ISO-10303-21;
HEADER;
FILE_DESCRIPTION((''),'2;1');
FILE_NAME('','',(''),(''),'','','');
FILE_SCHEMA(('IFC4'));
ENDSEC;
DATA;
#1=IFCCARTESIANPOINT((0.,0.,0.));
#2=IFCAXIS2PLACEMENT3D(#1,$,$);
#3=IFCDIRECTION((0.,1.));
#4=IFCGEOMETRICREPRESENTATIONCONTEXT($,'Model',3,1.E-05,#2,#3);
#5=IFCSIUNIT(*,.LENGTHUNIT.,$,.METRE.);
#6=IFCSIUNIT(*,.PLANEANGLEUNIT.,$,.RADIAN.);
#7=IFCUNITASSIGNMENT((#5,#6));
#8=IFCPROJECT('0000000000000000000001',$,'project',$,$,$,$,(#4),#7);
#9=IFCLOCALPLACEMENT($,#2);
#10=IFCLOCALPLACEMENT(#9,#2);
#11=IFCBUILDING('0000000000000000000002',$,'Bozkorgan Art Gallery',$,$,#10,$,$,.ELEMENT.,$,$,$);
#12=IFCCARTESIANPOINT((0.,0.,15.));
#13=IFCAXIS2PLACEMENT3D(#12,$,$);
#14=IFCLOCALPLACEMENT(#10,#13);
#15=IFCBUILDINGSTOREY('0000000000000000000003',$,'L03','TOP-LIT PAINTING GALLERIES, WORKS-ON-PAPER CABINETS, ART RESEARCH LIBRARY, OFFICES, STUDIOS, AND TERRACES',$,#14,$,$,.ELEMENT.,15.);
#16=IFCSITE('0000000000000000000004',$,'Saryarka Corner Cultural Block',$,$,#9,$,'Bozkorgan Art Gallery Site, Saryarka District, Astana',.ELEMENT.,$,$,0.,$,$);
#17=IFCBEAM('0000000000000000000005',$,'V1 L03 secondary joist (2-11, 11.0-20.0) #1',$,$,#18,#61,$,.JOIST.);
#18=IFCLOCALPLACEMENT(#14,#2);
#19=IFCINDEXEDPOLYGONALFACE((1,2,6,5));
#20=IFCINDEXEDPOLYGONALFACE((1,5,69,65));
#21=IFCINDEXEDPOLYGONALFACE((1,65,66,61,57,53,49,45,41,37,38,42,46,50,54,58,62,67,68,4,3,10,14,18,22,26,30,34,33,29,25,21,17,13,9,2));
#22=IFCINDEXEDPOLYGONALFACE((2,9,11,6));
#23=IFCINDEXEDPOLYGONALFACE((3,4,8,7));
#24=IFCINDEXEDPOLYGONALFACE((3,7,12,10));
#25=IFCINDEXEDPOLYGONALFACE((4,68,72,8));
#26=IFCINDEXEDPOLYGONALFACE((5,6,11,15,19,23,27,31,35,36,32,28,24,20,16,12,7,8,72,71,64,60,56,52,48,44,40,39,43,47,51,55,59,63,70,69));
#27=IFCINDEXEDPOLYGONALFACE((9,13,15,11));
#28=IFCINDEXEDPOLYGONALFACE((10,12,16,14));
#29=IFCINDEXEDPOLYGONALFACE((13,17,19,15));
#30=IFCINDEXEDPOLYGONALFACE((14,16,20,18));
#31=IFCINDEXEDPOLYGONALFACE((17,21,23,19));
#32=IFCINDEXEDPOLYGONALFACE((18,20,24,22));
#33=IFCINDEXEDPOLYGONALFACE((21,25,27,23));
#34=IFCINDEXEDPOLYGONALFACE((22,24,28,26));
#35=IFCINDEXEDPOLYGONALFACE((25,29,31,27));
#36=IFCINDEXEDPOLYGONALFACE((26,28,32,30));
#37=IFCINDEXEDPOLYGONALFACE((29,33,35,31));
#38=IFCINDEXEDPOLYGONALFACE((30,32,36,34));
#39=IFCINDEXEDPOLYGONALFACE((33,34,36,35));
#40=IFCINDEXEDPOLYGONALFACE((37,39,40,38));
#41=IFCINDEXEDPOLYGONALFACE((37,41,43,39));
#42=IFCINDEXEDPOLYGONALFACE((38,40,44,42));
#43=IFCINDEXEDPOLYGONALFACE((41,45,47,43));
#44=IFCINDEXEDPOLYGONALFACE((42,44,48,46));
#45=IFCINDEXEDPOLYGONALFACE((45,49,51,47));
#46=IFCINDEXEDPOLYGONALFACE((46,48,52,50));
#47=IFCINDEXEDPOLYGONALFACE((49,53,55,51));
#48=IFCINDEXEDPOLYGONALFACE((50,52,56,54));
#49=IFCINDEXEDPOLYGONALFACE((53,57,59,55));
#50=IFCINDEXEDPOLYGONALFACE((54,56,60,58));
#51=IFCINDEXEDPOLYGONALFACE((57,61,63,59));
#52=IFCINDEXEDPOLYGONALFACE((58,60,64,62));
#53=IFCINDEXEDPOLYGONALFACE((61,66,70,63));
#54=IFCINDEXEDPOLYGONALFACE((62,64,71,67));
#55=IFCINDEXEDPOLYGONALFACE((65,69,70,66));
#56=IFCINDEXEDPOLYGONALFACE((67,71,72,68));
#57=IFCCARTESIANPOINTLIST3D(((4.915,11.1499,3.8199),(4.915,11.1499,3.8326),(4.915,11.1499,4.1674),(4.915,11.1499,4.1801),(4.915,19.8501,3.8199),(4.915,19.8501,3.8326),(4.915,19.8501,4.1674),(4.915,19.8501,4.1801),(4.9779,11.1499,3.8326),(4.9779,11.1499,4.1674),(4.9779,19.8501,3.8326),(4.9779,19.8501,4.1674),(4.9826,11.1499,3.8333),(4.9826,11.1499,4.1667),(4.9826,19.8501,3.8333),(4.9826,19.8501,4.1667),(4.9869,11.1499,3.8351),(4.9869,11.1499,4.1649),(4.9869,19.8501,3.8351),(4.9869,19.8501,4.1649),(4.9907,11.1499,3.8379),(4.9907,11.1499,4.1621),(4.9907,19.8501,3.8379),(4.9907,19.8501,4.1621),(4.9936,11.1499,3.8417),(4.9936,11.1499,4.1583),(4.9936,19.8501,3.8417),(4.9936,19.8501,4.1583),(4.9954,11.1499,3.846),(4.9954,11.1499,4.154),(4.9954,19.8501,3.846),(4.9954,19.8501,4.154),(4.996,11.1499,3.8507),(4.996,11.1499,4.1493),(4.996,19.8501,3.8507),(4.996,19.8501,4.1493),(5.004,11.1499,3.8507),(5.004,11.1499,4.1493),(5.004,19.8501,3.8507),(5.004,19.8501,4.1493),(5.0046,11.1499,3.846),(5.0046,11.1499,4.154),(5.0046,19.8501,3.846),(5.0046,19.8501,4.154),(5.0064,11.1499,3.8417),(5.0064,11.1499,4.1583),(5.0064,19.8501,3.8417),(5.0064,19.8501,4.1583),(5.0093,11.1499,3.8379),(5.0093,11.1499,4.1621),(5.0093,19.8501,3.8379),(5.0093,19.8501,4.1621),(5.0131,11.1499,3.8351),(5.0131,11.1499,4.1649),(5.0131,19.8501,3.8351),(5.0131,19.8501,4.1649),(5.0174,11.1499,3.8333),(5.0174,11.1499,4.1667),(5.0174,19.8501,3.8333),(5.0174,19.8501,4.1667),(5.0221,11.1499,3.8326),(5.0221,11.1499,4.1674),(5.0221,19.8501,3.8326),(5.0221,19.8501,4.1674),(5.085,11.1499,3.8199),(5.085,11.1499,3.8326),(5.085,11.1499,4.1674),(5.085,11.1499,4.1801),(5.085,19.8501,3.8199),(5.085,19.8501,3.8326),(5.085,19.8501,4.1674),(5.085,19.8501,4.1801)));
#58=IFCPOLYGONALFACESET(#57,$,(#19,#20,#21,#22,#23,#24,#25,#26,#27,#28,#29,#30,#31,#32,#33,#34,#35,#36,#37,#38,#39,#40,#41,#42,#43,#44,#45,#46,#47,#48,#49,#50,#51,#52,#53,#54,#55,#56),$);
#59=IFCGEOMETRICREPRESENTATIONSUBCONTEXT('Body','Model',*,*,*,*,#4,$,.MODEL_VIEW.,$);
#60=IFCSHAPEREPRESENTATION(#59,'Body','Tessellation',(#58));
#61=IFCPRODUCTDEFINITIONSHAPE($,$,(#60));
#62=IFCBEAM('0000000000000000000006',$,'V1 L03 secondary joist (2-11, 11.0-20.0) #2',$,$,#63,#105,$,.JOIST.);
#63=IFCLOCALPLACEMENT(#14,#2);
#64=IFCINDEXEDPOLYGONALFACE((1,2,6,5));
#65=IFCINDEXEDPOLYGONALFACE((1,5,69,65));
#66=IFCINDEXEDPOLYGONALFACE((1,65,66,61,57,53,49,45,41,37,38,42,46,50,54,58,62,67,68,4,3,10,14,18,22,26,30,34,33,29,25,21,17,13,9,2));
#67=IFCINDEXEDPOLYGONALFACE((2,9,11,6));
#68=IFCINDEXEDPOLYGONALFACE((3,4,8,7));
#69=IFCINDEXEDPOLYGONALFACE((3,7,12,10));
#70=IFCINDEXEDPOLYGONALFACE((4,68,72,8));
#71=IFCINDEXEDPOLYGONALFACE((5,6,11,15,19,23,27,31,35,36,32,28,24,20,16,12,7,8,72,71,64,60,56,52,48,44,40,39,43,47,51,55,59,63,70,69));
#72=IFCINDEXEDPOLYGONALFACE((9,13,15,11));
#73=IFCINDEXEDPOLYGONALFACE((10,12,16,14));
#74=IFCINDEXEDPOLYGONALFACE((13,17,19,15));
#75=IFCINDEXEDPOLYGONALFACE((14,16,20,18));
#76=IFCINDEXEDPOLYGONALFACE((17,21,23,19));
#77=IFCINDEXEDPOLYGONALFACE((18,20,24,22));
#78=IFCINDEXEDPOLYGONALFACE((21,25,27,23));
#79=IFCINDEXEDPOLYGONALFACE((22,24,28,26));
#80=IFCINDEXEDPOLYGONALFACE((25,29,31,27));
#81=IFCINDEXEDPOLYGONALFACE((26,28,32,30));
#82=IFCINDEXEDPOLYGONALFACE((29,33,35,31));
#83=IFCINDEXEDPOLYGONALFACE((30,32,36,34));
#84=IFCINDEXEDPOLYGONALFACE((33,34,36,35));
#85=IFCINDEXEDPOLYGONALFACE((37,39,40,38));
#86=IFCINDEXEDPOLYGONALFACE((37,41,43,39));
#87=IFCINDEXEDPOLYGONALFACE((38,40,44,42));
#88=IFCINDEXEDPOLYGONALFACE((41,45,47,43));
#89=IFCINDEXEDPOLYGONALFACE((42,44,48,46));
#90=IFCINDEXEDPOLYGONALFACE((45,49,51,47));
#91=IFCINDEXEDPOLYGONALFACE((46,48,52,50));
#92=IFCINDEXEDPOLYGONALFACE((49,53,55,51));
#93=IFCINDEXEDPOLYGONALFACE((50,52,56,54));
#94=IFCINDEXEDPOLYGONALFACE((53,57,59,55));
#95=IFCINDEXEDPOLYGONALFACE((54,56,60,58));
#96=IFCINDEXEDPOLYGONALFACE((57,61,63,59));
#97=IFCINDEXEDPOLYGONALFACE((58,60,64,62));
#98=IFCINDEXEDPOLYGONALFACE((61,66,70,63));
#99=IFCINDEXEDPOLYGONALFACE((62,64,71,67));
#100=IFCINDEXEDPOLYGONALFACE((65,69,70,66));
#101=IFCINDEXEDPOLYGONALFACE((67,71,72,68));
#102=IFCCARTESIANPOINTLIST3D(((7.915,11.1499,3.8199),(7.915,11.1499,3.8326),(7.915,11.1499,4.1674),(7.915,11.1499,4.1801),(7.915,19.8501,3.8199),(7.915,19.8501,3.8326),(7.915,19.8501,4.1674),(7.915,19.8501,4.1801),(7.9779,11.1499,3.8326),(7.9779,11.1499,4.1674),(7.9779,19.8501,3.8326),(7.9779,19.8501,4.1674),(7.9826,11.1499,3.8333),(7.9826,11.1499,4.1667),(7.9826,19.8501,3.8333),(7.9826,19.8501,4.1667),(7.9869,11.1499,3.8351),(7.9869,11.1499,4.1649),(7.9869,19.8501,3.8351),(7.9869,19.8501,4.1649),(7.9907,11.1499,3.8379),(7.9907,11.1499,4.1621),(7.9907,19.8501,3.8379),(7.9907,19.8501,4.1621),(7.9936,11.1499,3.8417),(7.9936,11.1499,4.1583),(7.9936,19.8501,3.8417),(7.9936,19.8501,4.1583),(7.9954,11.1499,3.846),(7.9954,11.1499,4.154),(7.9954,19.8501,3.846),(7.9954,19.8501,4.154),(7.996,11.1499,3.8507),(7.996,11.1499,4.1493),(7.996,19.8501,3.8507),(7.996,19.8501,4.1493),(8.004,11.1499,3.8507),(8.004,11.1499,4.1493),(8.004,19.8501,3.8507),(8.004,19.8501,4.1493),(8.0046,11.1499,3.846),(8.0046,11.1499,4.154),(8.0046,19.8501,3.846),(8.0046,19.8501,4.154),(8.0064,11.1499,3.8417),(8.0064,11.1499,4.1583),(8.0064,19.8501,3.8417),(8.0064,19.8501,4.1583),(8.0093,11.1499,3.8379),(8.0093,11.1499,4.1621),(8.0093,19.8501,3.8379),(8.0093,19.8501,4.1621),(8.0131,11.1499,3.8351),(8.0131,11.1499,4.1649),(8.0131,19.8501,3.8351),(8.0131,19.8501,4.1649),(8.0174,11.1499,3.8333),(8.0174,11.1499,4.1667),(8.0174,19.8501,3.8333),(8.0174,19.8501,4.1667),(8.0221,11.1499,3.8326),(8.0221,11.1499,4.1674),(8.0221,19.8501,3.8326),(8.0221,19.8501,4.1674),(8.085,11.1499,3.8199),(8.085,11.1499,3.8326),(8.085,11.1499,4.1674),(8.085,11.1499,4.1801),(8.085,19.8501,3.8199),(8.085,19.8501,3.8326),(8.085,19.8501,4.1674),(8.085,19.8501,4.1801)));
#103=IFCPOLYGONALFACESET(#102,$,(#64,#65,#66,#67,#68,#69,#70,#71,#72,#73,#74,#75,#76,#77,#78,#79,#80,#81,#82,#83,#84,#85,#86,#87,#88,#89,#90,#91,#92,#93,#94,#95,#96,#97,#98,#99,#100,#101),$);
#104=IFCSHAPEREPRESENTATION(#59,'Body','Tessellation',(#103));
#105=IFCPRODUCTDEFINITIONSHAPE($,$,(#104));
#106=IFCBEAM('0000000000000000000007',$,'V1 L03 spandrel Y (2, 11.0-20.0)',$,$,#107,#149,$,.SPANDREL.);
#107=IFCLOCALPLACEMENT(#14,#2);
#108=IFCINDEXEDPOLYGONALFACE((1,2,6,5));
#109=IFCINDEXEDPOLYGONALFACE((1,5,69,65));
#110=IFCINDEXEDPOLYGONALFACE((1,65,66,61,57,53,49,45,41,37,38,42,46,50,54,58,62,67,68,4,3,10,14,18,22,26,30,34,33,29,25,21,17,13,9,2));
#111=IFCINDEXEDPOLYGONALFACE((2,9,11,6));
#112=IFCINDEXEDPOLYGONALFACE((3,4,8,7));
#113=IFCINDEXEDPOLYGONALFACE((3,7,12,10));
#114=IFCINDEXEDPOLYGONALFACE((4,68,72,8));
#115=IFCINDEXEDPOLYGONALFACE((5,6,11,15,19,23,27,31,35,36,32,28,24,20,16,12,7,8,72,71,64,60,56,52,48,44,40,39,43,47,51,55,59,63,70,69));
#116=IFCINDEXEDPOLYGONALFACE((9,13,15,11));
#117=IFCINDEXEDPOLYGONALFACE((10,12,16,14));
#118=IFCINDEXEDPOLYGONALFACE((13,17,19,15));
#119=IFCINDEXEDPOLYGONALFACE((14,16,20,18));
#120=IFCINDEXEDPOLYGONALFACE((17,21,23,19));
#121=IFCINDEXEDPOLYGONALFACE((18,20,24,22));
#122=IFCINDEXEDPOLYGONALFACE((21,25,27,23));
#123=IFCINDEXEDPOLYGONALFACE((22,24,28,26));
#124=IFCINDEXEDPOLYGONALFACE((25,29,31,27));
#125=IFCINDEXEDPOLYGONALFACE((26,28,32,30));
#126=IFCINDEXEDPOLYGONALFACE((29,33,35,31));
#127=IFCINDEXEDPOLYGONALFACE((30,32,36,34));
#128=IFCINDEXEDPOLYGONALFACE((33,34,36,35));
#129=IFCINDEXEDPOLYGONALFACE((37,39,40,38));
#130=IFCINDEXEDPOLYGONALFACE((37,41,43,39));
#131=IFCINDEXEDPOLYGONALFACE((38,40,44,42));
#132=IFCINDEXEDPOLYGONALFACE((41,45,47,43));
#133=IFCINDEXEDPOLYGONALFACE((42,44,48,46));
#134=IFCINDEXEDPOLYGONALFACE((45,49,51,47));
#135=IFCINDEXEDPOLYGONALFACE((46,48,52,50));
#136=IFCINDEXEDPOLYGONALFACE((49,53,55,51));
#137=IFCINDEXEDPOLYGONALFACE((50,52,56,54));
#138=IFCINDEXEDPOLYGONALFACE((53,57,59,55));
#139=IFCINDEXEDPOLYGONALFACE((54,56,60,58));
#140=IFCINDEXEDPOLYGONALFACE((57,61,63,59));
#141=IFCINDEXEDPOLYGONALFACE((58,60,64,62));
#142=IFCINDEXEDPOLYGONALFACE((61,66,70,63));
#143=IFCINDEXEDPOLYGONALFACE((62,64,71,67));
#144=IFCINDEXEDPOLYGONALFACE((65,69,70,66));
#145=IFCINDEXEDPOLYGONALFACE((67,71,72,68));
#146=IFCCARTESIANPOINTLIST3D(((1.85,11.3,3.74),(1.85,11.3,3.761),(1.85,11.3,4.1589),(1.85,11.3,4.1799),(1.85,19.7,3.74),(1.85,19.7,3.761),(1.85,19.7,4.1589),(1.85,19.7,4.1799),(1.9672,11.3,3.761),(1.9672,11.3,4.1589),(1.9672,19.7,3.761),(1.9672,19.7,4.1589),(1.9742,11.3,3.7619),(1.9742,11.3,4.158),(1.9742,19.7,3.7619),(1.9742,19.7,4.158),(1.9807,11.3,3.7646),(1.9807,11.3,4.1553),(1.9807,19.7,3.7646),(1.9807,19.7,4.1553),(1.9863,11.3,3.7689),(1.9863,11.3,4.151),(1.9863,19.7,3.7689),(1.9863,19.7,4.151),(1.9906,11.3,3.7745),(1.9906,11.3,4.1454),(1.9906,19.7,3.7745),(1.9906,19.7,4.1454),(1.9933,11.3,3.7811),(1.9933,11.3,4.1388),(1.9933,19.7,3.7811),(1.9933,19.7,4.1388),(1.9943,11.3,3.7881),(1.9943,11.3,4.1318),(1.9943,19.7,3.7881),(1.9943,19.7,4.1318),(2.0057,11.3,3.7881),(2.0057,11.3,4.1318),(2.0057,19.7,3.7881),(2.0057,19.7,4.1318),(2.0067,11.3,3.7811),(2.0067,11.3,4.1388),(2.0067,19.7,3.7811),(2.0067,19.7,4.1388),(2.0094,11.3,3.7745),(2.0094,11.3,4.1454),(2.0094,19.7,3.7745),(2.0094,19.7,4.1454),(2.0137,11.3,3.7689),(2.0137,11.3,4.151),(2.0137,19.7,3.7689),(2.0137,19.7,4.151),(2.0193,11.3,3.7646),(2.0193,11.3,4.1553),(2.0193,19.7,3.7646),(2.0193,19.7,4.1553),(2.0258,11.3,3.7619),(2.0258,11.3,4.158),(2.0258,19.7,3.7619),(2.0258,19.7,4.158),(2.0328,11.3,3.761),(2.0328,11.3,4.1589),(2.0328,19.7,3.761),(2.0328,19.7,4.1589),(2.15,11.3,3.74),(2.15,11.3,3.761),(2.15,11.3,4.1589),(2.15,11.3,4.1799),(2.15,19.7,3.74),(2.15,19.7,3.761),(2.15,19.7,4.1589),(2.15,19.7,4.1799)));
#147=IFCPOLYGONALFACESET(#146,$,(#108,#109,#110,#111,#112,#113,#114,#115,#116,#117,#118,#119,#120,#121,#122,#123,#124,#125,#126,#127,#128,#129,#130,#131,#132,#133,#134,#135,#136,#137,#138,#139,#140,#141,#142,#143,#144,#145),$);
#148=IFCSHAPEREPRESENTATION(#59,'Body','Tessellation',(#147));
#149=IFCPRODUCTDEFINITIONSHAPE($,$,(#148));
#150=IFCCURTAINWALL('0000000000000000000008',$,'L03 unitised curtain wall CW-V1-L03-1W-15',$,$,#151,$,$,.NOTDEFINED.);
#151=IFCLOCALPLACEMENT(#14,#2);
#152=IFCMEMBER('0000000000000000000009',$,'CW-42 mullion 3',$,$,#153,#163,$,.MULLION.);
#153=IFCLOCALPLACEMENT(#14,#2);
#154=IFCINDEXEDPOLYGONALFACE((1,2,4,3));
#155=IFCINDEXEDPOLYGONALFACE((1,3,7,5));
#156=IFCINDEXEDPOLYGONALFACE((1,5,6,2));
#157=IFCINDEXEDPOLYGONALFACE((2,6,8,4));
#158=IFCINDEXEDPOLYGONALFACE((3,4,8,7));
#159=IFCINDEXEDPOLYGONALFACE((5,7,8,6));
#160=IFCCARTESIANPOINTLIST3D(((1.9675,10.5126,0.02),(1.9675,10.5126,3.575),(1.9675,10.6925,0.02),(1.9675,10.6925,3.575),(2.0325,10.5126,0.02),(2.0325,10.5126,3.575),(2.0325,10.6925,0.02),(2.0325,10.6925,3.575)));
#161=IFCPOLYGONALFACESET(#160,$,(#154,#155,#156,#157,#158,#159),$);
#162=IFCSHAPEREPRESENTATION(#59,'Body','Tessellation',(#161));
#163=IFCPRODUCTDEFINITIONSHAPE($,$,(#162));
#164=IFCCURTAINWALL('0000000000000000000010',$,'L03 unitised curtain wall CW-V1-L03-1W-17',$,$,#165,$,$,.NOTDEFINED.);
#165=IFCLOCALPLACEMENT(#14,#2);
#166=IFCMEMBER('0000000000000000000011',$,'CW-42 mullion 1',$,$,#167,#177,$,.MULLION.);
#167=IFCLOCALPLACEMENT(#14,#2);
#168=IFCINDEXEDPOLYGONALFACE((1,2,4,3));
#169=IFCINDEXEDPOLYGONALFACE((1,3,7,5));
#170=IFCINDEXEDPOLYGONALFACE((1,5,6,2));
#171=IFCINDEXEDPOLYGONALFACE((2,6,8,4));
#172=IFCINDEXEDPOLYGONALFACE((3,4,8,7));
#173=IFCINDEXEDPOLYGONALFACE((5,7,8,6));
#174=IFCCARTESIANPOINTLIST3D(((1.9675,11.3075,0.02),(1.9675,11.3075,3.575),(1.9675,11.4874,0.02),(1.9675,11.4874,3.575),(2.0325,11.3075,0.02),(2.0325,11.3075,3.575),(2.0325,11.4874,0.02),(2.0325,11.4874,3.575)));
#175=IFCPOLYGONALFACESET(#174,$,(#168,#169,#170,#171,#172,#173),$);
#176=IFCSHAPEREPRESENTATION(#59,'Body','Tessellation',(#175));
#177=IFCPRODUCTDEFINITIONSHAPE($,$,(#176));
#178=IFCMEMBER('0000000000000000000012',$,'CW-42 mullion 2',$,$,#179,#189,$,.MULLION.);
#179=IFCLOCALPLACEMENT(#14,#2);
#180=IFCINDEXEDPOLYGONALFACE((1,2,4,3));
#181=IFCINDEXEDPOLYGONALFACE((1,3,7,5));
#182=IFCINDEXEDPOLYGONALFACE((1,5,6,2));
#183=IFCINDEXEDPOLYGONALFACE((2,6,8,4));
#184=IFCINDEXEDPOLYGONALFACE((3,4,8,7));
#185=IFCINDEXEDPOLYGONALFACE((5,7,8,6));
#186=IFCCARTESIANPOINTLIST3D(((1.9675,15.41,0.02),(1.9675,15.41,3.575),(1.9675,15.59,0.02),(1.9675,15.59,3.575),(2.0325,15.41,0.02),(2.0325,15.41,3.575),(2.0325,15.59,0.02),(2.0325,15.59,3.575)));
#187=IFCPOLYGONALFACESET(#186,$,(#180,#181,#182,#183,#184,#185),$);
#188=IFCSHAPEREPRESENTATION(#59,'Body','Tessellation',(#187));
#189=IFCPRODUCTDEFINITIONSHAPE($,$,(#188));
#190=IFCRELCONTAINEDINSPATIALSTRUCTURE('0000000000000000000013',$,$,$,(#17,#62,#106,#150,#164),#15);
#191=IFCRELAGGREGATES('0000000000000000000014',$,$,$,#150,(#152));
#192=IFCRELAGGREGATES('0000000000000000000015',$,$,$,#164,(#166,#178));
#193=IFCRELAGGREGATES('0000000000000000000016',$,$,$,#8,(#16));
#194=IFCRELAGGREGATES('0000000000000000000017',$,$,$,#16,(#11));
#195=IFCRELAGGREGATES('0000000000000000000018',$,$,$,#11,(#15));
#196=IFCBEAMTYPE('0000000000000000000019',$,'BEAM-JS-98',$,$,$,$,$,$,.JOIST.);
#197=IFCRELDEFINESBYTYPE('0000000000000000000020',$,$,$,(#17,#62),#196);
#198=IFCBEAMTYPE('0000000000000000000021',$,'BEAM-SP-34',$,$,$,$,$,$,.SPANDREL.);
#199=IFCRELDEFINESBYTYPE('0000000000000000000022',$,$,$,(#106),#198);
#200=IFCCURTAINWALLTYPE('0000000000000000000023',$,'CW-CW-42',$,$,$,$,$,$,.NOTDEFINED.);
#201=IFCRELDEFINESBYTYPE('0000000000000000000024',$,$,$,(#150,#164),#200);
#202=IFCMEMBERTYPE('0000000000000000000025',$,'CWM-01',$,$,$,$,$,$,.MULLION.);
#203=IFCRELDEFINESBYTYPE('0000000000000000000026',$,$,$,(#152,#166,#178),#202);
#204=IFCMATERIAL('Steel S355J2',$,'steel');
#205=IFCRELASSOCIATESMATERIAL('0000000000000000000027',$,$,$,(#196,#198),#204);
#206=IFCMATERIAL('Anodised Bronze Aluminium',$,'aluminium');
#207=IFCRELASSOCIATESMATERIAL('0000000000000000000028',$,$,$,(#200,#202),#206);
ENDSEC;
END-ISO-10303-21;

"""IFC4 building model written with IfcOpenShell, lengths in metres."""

from ifc_helpers import new_model, si_unit, direction, frame, origin, origin_2d, place, context, subcontext, project, spatial, rectangle, i_section, extrude, material, material_profile, profile_set, type_object, element, aggregate, save


model = new_model("IFC4")

# Units and contexts
model_context = context("Model", 3, precision=1e-05, world=origin(), true_north=direction((0.0, 1.0)))
body_context = subcontext(model_context, "Body", "Model", "MODEL_VIEW")
ifc_project = project(units=[si_unit("LENGTHUNIT", "METRE"), si_unit("PLANEANGLEUNIT", "RADIAN")], contexts=[model_context])

# Site, building, storey
site_placement = place(None, origin())
site = spatial("IfcSite", under=ifc_project, at=site_placement, Name="Saryarka Corner Cultural Block", LongName="Bozkorgan Art Gallery Site, Saryarka District, Astana", CompositionType="ELEMENT", RefElevation=0.0)
building_placement = place(site_placement, origin())
building = spatial("IfcBuilding", under=site, at=building_placement, Name="Bozkorgan Art Gallery", CompositionType="ELEMENT")
storey_placement = place(building_placement, frame((0.0, 0.0, 15.0)))
storey = spatial("IfcBuildingStorey", under=building, at=storey_placement, Name="L03", Description="TOP-LIT PAINTING GALLERIES, WORKS-ON-PAPER CABINETS, ART RESEARCH LIBRARY, OFFICES, STUDIOS, AND TERRACES", CompositionType="ELEMENT", Elevation=15.0)

# Beams
ifc_material_1 = material(Name="Steel S355J2", Category="steel")
ifc_material_profile_1 = material_profile(ifc_material_1, i_section(OverallWidth=0.1699, OverallDepth=0.3601, WebThickness=0.0081, FlangeThickness=0.0127, FilletRadius=0.0181, at=origin_2d()), Name="IPE 360")
ifc_profile_set_1 = profile_set([ifc_material_profile_1], Name="Steel S355J2")
beam_type_1 = type_object("IfcBeamType", Name="BEAM-JS-98", PredefinedType="JOIST", material=ifc_profile_set_1)
for number, where, z_axis, x_axis, name in (
    (1, (5.0, 11.1499, 4.0), (0.0, 1.0, 0.0), (-1.0, 0.0, 0.0), "V1 L03 secondary joist (2-11, 11.0-20.0) #1"),
    (2, (8.0, 11.1499, 4.0), (0.0, 1.0, 0.0), (-1.0, 0.0, 0.0), "V1 L03 secondary joist (2-11, 11.0-20.0) #2"),
):
    element("IfcBeam", number, at=place(storey_placement, frame(where, z_axis=z_axis, x_axis=x_axis)), inside=storey, type_object=beam_type_1, Name=name, PredefinedType="JOIST", context=body_context, shape_type="SweptSolid", body=[
        extrude(i_section(OverallWidth=0.1699, OverallDepth=0.3601, WebThickness=0.0081, FlangeThickness=0.0127, FilletRadius=0.0181, at=origin_2d()), origin(), (0.0, 0.0, 1.0), 8.7002),
    ])
ifc_material_profile_2 = material_profile(ifc_material_1, i_section(OverallWidth=0.3, OverallDepth=0.4399, WebThickness=0.0115, FlangeThickness=0.021, FilletRadius=0.0271, at=origin_2d()), Name="HEA 450")
ifc_profile_set_2 = profile_set([ifc_material_profile_2], Name="Steel S355J2")
beam_type_2 = type_object("IfcBeamType", Name="BEAM-SP-34", PredefinedType="SPANDREL", material=ifc_profile_set_2)
beam_placement = place(storey_placement, frame((2.0, 11.3, 3.96), z_axis=(0.0, 1.0, 0.0), x_axis=(-1.0, 0.0, 0.0)))
element("IfcBeam", 3, at=beam_placement, inside=storey, type_object=beam_type_2, Name="V1 L03 spandrel Y (2, 11.0-20.0)", PredefinedType="SPANDREL", context=body_context, shape_type="SweptSolid", body=[
    extrude(i_section(OverallWidth=0.3, OverallDepth=0.4399, WebThickness=0.0115, FlangeThickness=0.021, FilletRadius=0.0271, at=origin_2d()), origin(), (0.0, 0.0, 1.0), 8.3999),
])

# Curtain wall, member
ifc_material_2 = material(Name="Anodised Bronze Aluminium", Category="aluminium")
curtain_wall_type = type_object("IfcCurtainWallType", Name="CW-CW-42", PredefinedType="NOTDEFINED", material=ifc_material_2)
curtain_wall_1_placement = place(storey_placement, origin())
curtain_wall_1 = element("IfcCurtainWall", 4, at=curtain_wall_1_placement, inside=storey, type_object=curtain_wall_type, Name="L03 unitised curtain wall CW-V1-L03-1W-15", PredefinedType="NOTDEFINED")
ifc_material_profile_3 = material_profile(ifc_material_2, rectangle(XDim=0.0649, YDim=0.1799, at=origin_2d()), Name="ALU MULLION 65x180")
ifc_profile_set_3 = profile_set([ifc_material_profile_3], Name="Anodised Bronze Aluminium")
member_type_1 = type_object("IfcMemberType", Name="CWM-01", PredefinedType="MULLION", material=ifc_profile_set_3)
member_1_placement = place(storey_placement, frame((2.0, 10.6025, 0.02), z_axis=(0.0, 0.0, 1.0), x_axis=(-1.0, 0.0, 0.0)))
member_1 = element("IfcMember", 5, at=member_1_placement, type_object=member_type_1, Name="CW-42 mullion 3", PredefinedType="MULLION", context=body_context, shape_type="SweptSolid", body=[
    extrude(rectangle(XDim=0.0649, YDim=0.1799, at=origin_2d()), origin(), (0.0, 0.0, 1.0), 3.5549),
])
aggregate(curtain_wall_1, [member_1])

# Curtain wall, members
curtain_wall_2_placement = place(storey_placement, origin())
curtain_wall_2 = element("IfcCurtainWall", 6, at=curtain_wall_2_placement, inside=storey, type_object=curtain_wall_type, Name="L03 unitised curtain wall CW-V1-L03-1W-17", PredefinedType="NOTDEFINED")
member_2_placement = place(storey_placement, frame((2.0, 11.3975, 0.02), z_axis=(0.0, 0.0, 1.0), x_axis=(-1.0, 0.0, 0.0)))
member_2 = element("IfcMember", 7, at=member_2_placement, type_object=member_type_1, Name="CW-42 mullion 1", PredefinedType="MULLION", context=body_context, shape_type="SweptSolid", body=[
    extrude(rectangle(XDim=0.0649, YDim=0.1799, at=origin_2d()), origin(), (0.0, 0.0, 1.0), 3.5549),
])
member_3_placement = place(storey_placement, frame((2.0, 15.5, 0.02), z_axis=(0.0, 0.0, 1.0), x_axis=(-1.0, 0.0, 0.0)))
member_3 = element("IfcMember", 8, at=member_3_placement, type_object=member_type_1, Name="CW-42 mullion 2", PredefinedType="MULLION", context=body_context, shape_type="SweptSolid", body=[
    extrude(rectangle(XDim=0.0649, YDim=0.1799, at=origin_2d()), origin(), (0.0, 0.0, 1.0), 3.5549),
])
aggregate(curtain_wall_2, [member_2, member_3])

save(model, "model.ifc")
